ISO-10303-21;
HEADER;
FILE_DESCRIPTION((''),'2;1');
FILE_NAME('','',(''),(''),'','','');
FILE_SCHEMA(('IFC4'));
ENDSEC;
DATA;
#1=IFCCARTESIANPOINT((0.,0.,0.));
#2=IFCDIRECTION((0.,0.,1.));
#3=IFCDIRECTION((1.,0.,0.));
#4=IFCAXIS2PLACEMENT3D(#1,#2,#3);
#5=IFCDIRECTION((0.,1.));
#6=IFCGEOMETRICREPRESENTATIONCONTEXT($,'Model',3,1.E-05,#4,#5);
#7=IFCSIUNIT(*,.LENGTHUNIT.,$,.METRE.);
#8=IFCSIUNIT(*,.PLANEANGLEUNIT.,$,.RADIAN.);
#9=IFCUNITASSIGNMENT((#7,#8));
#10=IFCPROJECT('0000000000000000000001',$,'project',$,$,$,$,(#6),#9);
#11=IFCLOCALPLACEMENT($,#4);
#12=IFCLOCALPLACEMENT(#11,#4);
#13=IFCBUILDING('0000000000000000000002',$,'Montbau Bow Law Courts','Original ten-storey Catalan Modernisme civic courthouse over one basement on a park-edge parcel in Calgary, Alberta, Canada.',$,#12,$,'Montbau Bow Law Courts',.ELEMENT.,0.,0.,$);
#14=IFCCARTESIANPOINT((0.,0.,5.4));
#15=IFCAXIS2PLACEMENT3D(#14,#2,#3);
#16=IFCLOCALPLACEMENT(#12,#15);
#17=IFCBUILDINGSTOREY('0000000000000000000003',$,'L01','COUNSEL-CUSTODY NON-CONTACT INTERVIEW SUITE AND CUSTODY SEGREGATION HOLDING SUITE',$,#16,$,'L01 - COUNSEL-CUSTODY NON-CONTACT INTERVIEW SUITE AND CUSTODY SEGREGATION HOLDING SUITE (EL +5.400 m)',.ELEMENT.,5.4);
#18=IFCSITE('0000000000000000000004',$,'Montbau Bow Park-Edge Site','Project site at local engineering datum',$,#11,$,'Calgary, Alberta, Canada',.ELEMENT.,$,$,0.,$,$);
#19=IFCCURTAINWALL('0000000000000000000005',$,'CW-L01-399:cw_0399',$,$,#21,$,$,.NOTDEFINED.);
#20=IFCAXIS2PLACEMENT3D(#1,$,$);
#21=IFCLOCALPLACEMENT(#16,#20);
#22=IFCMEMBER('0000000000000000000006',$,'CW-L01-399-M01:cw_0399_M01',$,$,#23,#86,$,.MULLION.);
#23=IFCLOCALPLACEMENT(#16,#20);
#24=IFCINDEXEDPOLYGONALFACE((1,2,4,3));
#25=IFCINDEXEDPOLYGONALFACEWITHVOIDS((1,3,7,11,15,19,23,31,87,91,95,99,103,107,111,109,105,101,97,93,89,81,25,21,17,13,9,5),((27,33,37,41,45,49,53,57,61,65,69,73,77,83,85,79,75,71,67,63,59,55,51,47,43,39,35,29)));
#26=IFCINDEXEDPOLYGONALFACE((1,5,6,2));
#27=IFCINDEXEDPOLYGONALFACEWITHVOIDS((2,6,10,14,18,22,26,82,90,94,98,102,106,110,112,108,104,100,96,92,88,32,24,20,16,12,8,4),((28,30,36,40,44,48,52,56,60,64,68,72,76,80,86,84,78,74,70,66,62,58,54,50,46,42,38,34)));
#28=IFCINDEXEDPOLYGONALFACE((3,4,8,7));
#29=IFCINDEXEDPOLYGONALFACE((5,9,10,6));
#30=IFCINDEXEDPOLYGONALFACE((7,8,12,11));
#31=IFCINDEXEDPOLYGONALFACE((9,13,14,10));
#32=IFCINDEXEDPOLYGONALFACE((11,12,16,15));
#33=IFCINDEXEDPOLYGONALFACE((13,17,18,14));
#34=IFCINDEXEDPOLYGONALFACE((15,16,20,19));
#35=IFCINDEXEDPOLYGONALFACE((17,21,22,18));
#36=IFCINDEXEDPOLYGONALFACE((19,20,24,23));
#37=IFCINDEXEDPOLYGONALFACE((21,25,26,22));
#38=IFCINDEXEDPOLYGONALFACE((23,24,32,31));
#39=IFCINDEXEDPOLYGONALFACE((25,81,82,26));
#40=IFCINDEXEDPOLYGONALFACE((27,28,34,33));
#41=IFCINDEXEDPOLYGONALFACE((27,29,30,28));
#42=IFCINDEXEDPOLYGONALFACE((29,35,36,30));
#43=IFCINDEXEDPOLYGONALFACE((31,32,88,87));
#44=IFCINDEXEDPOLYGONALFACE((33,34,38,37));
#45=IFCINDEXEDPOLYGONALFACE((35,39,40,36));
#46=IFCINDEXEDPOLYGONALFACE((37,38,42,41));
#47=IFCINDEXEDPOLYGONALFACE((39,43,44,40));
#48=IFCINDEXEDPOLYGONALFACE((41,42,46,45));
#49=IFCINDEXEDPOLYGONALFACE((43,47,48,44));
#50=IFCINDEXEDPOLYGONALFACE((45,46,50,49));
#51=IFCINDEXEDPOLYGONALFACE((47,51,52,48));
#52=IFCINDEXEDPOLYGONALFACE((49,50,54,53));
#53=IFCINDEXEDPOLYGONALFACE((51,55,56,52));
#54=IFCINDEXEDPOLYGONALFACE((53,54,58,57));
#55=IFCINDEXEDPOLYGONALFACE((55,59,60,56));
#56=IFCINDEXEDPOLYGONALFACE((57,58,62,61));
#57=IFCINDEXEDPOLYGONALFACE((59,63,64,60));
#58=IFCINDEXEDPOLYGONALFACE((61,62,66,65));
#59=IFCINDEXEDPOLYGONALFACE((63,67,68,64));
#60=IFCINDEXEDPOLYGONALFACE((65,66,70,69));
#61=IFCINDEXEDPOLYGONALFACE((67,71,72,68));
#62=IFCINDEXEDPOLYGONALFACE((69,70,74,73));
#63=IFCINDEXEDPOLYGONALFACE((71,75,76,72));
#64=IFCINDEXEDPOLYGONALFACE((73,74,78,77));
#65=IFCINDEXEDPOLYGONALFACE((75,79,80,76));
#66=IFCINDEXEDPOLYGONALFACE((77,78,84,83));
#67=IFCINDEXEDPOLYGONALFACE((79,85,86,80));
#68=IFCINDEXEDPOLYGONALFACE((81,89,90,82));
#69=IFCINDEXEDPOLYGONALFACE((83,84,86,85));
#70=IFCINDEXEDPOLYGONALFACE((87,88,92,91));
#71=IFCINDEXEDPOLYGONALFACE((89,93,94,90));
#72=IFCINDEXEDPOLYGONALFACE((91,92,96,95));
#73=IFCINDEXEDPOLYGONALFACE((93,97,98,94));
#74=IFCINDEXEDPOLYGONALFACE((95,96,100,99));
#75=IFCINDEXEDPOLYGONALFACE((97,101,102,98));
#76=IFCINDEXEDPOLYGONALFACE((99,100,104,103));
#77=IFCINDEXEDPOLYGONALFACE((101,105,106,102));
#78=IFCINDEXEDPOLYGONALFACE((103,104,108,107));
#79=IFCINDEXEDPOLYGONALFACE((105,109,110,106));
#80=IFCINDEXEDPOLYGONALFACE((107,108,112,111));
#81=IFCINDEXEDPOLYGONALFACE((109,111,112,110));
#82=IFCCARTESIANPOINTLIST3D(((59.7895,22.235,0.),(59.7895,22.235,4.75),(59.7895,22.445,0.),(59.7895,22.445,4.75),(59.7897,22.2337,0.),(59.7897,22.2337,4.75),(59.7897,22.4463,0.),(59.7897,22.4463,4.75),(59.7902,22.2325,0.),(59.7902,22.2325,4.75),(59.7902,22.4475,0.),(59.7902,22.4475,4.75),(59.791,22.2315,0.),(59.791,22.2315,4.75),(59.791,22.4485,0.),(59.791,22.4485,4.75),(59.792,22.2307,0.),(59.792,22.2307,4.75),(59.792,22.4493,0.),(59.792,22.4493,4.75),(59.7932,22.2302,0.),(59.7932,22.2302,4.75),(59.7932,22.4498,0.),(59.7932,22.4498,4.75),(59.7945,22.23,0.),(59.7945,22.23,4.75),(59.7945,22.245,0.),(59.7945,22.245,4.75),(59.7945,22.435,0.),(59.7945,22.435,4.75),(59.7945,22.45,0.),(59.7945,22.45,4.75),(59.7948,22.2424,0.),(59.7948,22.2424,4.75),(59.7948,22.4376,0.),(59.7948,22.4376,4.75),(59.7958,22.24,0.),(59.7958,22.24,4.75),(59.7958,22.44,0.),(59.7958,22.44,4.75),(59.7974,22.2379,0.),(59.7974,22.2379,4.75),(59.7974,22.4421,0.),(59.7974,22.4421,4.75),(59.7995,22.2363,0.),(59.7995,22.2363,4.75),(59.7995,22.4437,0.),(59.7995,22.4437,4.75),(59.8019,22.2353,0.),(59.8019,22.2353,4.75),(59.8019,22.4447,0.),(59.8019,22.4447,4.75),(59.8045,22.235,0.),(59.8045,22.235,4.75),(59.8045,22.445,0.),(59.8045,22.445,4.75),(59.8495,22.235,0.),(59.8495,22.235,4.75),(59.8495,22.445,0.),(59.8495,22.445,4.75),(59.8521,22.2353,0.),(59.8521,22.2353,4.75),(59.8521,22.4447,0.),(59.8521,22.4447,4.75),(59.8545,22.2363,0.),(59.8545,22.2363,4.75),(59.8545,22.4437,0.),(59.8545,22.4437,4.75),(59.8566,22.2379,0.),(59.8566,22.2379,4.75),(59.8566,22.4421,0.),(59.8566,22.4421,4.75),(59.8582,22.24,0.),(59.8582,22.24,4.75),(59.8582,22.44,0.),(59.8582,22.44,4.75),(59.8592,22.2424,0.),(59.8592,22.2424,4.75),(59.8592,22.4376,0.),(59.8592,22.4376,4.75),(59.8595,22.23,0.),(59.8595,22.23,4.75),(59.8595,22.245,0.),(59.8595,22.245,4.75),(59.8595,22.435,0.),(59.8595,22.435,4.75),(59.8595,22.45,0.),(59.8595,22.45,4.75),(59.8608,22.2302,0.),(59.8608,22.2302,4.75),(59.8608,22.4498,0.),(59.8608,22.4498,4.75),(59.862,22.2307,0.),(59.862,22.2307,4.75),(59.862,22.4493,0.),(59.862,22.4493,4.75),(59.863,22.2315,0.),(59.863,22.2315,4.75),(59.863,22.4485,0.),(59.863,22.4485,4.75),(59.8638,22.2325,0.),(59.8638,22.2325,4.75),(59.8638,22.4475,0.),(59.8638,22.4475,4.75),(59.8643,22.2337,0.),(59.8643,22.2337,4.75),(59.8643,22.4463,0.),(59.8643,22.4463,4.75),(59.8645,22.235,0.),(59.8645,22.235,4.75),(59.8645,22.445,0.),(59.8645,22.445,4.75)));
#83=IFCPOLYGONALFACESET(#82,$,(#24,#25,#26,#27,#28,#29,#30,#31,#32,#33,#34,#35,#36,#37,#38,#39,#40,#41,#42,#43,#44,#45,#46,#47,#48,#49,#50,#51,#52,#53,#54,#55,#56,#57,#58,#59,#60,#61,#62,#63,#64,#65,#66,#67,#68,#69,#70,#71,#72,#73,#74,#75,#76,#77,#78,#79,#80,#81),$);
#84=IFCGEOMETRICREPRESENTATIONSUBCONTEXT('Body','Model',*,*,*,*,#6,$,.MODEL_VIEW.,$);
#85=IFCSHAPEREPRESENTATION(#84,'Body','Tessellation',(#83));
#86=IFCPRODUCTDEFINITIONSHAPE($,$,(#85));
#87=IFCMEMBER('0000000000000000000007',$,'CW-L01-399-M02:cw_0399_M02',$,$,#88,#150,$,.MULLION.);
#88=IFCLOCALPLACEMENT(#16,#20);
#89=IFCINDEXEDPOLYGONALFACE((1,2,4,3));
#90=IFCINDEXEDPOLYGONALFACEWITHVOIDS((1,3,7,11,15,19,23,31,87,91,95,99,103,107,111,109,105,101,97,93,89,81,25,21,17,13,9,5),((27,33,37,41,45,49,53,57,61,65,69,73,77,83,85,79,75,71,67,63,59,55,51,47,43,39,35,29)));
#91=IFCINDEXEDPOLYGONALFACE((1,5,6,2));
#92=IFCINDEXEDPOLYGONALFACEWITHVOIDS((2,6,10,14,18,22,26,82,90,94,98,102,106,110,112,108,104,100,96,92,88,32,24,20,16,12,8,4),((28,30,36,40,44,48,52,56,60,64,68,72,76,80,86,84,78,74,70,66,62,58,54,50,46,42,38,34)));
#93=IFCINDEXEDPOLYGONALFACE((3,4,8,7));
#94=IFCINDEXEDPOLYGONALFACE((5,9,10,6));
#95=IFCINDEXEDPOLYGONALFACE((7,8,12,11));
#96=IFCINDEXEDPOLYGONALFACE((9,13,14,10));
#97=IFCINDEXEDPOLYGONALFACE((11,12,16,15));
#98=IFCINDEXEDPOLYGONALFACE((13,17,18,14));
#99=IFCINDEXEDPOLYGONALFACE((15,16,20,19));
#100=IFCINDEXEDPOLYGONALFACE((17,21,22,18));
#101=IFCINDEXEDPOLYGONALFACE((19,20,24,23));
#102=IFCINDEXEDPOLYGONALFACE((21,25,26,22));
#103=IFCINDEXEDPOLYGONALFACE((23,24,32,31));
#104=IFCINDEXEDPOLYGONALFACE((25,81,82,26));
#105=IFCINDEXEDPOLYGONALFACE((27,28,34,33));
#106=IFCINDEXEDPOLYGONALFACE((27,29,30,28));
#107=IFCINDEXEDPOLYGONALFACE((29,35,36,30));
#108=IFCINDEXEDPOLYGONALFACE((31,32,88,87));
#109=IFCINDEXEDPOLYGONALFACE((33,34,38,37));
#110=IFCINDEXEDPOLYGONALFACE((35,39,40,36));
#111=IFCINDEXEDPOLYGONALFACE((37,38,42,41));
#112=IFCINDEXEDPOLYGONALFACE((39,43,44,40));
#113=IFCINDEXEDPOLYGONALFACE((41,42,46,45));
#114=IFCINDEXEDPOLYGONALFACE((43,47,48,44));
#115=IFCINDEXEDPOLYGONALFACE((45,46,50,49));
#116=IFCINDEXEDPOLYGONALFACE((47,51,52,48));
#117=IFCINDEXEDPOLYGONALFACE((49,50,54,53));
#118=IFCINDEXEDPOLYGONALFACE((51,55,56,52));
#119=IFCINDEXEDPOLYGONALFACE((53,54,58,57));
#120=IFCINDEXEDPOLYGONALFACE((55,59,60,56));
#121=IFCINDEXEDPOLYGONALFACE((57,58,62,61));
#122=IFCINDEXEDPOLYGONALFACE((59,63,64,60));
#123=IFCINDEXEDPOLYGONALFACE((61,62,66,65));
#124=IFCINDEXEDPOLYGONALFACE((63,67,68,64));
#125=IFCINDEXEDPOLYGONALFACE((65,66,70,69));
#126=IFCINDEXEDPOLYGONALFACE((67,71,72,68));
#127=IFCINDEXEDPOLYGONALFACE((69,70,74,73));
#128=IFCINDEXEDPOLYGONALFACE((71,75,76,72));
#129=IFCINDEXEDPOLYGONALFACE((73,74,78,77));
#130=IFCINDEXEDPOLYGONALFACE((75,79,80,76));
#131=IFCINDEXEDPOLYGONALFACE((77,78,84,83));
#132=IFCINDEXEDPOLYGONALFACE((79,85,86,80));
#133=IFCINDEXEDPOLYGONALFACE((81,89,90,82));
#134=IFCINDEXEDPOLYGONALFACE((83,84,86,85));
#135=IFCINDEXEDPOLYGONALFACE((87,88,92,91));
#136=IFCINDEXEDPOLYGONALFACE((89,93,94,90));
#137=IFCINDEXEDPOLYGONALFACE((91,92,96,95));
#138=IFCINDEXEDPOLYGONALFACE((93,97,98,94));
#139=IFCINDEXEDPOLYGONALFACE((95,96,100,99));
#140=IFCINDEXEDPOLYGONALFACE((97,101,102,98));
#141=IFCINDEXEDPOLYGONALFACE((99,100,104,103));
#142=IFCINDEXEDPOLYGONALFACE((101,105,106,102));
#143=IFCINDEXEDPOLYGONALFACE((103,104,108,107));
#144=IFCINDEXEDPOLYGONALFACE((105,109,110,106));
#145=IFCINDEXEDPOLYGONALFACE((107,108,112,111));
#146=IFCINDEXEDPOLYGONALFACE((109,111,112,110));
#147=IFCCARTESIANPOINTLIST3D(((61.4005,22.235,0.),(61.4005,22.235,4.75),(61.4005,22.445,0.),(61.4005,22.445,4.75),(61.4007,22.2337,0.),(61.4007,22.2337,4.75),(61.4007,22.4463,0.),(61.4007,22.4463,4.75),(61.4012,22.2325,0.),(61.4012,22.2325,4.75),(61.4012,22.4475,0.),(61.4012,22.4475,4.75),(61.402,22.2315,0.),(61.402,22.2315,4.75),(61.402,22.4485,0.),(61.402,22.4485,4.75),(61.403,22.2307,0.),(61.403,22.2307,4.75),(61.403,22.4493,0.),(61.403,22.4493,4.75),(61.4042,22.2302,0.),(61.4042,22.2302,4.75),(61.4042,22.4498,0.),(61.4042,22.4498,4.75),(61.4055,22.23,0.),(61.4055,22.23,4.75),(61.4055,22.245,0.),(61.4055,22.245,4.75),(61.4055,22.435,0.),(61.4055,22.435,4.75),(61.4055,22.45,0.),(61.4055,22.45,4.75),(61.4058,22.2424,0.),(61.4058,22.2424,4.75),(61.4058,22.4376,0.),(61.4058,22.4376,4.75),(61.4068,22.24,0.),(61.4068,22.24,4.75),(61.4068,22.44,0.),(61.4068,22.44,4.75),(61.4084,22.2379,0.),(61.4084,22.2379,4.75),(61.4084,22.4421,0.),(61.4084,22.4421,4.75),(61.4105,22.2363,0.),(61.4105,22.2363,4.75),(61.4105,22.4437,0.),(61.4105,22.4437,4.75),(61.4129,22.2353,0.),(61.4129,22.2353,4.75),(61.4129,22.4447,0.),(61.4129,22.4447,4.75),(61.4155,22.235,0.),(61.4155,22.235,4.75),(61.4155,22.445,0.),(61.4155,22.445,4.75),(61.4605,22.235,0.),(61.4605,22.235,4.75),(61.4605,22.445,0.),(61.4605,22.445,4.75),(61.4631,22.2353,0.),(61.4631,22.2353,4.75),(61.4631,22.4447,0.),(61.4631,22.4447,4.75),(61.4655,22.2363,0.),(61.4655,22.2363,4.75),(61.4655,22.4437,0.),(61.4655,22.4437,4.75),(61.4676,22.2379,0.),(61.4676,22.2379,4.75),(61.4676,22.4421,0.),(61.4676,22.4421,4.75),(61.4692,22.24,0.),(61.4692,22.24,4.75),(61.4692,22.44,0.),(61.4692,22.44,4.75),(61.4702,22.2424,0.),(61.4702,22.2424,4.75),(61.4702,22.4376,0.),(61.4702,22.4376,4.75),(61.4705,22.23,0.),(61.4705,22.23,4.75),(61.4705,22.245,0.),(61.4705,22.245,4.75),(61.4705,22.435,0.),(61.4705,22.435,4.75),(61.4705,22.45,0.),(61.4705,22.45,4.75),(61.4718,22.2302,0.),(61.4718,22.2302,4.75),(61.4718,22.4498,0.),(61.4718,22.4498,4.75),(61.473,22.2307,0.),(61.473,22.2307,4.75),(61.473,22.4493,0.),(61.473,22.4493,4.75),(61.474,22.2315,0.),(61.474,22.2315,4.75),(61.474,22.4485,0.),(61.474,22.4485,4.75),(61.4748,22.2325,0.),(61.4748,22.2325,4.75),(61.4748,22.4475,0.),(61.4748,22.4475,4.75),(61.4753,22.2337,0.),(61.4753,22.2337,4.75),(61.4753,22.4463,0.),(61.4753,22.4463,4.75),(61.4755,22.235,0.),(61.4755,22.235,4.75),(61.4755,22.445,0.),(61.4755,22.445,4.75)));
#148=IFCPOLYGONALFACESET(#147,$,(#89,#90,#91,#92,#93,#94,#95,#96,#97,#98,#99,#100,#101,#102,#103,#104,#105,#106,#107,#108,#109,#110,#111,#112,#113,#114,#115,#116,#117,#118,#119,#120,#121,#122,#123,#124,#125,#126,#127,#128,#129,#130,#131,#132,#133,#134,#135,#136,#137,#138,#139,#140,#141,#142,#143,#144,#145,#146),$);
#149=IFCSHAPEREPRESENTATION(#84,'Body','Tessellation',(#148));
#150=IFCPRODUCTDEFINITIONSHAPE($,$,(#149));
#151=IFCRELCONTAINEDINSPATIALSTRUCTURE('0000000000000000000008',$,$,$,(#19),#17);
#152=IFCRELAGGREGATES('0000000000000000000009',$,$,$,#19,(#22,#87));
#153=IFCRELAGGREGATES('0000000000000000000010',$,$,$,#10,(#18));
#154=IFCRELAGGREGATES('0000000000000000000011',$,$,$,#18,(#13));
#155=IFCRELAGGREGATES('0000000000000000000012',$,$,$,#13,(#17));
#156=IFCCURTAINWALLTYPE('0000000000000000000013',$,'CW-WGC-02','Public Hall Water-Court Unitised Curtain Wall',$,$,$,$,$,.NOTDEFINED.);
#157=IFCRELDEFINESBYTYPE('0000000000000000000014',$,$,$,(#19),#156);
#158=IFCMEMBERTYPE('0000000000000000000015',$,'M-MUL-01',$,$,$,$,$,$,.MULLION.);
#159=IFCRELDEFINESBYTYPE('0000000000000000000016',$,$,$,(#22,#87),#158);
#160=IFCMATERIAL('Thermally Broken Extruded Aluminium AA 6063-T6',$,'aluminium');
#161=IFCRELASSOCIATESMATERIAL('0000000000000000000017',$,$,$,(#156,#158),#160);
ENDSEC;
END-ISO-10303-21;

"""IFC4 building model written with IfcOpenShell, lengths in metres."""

from ifc_helpers import new_model, si_unit, direction, frame, origin_with_axes, origin_2d_with_axis, place, context, subcontext, project, spatial, hollow_rectangle, extrude, material, material_profile, profile_set, type_object, element, aggregate, save


model = new_model("IFC4")

# Units and contexts
model_context = context("Model", 3, precision=1e-05, world=origin_with_axes(), true_north=direction((0.0, 1.0)))
body_context = subcontext(model_context, "Body", "Model", "MODEL_VIEW")
ifc_project = project(units=[si_unit("LENGTHUNIT", "METRE"), si_unit("PLANEANGLEUNIT", "RADIAN")], contexts=[model_context])

# Site, building, storey
site_placement = place(None, origin_with_axes())
site = spatial("IfcSite", under=ifc_project, at=site_placement, Name="Montbau Bow Park-Edge Site", Description="Project site at local engineering datum", LongName="Calgary, Alberta, Canada", CompositionType="ELEMENT", RefElevation=0.0)
building_placement = place(site_placement, origin_with_axes())
building = spatial("IfcBuilding", under=site, at=building_placement, Name="Montbau Bow Law Courts", Description="Original ten-storey Catalan Modernisme civic courthouse over one basement on a park-edge parcel in Calgary, Alberta, Canada.", LongName="Montbau Bow Law Courts", CompositionType="ELEMENT", ElevationOfRefHeight=0.0, ElevationOfTerrain=0.0)
storey_placement = place(building_placement, frame((0.0, 0.0, 5.4), z_axis=(0.0, 0.0, 1.0), x_axis=(1.0, 0.0, 0.0)))
storey = spatial("IfcBuildingStorey", under=building, at=storey_placement, Name="L01", Description="COUNSEL-CUSTODY NON-CONTACT INTERVIEW SUITE AND CUSTODY SEGREGATION HOLDING SUITE", LongName="L01 - COUNSEL-CUSTODY NON-CONTACT INTERVIEW SUITE AND CUSTODY SEGREGATION HOLDING SUITE (EL +5.400 m)", CompositionType="ELEMENT", Elevation=5.4)

# Curtain wall, members
ifc_material_1 = material(Name="Thermally Broken Extruded Aluminium AA 6063-T6", Category="aluminium")
curtain_wall_type_1 = type_object("IfcCurtainWallType", Name="CW-WGC-02", Description="Public Hall Water-Court Unitised Curtain Wall", PredefinedType="NOTDEFINED", material=ifc_material_1)
curtain_wall_1_placement = place(None, frame((59.79, 22.34, 5.4), z_axis=(0.0, 0.0, 1.0), x_axis=(1.0, 0.0, 0.0)))
curtain_wall_1 = element("IfcCurtainWall", 1, at=curtain_wall_1_placement, inside=storey, type_object=curtain_wall_type_1, Name="CW-L01-399:cw_0399", PredefinedType="NOTDEFINED")
ifc_material_profile_1 = material_profile(ifc_material_1, hollow_rectangle(XDim=0.075, YDim=0.22, WallThickness=0.005, InnerFilletRadius=0.01, OuterFilletRadius=0.005, at=origin_2d_with_axis()), Name="CWM-220X75", Category="Main", Priority=0)
ifc_profile_set_1 = profile_set([ifc_material_profile_1], Name="Thermally Broken Extruded Aluminium AA 6063-T6")
member_type_1 = type_object("IfcMemberType", Name="M-MUL-01", PredefinedType="MULLION", material=ifc_profile_set_1)
member_1_placement = place(None, frame((59.827, 22.34, 5.4), z_axis=(0.0, 0.0, 1.0), x_axis=(1.0, 0.0, 0.0)))
member_1 = element("IfcMember", 2, at=member_1_placement, type_object=member_type_1, Name="CW-L01-399-M01:cw_0399_M01", PredefinedType="MULLION", context=body_context, shape_type="SweptSolid", body=[
    extrude(hollow_rectangle(XDim=0.075, YDim=0.22, WallThickness=0.005, InnerFilletRadius=0.01, OuterFilletRadius=0.005, at=origin_2d_with_axis()), origin_with_axes(), (0.0, 0.0, 1.0), 4.75),
])
member_2_placement = place(None, frame((61.438, 22.34, 5.4), z_axis=(0.0, 0.0, 1.0), x_axis=(1.0, 0.0, 0.0)))
member_2 = element("IfcMember", 3, at=member_2_placement, type_object=member_type_1, Name="CW-L01-399-M02:cw_0399_M02", PredefinedType="MULLION", context=body_context, shape_type="SweptSolid", body=[
    extrude(hollow_rectangle(XDim=0.075, YDim=0.22, WallThickness=0.005, InnerFilletRadius=0.01, OuterFilletRadius=0.005, at=origin_2d_with_axis()), origin_with_axes(), (0.0, 0.0, 1.0), 4.75),
])

aggregate(curtain_wall_1, [member_1, member_2])

save(model, "model.ifc")
